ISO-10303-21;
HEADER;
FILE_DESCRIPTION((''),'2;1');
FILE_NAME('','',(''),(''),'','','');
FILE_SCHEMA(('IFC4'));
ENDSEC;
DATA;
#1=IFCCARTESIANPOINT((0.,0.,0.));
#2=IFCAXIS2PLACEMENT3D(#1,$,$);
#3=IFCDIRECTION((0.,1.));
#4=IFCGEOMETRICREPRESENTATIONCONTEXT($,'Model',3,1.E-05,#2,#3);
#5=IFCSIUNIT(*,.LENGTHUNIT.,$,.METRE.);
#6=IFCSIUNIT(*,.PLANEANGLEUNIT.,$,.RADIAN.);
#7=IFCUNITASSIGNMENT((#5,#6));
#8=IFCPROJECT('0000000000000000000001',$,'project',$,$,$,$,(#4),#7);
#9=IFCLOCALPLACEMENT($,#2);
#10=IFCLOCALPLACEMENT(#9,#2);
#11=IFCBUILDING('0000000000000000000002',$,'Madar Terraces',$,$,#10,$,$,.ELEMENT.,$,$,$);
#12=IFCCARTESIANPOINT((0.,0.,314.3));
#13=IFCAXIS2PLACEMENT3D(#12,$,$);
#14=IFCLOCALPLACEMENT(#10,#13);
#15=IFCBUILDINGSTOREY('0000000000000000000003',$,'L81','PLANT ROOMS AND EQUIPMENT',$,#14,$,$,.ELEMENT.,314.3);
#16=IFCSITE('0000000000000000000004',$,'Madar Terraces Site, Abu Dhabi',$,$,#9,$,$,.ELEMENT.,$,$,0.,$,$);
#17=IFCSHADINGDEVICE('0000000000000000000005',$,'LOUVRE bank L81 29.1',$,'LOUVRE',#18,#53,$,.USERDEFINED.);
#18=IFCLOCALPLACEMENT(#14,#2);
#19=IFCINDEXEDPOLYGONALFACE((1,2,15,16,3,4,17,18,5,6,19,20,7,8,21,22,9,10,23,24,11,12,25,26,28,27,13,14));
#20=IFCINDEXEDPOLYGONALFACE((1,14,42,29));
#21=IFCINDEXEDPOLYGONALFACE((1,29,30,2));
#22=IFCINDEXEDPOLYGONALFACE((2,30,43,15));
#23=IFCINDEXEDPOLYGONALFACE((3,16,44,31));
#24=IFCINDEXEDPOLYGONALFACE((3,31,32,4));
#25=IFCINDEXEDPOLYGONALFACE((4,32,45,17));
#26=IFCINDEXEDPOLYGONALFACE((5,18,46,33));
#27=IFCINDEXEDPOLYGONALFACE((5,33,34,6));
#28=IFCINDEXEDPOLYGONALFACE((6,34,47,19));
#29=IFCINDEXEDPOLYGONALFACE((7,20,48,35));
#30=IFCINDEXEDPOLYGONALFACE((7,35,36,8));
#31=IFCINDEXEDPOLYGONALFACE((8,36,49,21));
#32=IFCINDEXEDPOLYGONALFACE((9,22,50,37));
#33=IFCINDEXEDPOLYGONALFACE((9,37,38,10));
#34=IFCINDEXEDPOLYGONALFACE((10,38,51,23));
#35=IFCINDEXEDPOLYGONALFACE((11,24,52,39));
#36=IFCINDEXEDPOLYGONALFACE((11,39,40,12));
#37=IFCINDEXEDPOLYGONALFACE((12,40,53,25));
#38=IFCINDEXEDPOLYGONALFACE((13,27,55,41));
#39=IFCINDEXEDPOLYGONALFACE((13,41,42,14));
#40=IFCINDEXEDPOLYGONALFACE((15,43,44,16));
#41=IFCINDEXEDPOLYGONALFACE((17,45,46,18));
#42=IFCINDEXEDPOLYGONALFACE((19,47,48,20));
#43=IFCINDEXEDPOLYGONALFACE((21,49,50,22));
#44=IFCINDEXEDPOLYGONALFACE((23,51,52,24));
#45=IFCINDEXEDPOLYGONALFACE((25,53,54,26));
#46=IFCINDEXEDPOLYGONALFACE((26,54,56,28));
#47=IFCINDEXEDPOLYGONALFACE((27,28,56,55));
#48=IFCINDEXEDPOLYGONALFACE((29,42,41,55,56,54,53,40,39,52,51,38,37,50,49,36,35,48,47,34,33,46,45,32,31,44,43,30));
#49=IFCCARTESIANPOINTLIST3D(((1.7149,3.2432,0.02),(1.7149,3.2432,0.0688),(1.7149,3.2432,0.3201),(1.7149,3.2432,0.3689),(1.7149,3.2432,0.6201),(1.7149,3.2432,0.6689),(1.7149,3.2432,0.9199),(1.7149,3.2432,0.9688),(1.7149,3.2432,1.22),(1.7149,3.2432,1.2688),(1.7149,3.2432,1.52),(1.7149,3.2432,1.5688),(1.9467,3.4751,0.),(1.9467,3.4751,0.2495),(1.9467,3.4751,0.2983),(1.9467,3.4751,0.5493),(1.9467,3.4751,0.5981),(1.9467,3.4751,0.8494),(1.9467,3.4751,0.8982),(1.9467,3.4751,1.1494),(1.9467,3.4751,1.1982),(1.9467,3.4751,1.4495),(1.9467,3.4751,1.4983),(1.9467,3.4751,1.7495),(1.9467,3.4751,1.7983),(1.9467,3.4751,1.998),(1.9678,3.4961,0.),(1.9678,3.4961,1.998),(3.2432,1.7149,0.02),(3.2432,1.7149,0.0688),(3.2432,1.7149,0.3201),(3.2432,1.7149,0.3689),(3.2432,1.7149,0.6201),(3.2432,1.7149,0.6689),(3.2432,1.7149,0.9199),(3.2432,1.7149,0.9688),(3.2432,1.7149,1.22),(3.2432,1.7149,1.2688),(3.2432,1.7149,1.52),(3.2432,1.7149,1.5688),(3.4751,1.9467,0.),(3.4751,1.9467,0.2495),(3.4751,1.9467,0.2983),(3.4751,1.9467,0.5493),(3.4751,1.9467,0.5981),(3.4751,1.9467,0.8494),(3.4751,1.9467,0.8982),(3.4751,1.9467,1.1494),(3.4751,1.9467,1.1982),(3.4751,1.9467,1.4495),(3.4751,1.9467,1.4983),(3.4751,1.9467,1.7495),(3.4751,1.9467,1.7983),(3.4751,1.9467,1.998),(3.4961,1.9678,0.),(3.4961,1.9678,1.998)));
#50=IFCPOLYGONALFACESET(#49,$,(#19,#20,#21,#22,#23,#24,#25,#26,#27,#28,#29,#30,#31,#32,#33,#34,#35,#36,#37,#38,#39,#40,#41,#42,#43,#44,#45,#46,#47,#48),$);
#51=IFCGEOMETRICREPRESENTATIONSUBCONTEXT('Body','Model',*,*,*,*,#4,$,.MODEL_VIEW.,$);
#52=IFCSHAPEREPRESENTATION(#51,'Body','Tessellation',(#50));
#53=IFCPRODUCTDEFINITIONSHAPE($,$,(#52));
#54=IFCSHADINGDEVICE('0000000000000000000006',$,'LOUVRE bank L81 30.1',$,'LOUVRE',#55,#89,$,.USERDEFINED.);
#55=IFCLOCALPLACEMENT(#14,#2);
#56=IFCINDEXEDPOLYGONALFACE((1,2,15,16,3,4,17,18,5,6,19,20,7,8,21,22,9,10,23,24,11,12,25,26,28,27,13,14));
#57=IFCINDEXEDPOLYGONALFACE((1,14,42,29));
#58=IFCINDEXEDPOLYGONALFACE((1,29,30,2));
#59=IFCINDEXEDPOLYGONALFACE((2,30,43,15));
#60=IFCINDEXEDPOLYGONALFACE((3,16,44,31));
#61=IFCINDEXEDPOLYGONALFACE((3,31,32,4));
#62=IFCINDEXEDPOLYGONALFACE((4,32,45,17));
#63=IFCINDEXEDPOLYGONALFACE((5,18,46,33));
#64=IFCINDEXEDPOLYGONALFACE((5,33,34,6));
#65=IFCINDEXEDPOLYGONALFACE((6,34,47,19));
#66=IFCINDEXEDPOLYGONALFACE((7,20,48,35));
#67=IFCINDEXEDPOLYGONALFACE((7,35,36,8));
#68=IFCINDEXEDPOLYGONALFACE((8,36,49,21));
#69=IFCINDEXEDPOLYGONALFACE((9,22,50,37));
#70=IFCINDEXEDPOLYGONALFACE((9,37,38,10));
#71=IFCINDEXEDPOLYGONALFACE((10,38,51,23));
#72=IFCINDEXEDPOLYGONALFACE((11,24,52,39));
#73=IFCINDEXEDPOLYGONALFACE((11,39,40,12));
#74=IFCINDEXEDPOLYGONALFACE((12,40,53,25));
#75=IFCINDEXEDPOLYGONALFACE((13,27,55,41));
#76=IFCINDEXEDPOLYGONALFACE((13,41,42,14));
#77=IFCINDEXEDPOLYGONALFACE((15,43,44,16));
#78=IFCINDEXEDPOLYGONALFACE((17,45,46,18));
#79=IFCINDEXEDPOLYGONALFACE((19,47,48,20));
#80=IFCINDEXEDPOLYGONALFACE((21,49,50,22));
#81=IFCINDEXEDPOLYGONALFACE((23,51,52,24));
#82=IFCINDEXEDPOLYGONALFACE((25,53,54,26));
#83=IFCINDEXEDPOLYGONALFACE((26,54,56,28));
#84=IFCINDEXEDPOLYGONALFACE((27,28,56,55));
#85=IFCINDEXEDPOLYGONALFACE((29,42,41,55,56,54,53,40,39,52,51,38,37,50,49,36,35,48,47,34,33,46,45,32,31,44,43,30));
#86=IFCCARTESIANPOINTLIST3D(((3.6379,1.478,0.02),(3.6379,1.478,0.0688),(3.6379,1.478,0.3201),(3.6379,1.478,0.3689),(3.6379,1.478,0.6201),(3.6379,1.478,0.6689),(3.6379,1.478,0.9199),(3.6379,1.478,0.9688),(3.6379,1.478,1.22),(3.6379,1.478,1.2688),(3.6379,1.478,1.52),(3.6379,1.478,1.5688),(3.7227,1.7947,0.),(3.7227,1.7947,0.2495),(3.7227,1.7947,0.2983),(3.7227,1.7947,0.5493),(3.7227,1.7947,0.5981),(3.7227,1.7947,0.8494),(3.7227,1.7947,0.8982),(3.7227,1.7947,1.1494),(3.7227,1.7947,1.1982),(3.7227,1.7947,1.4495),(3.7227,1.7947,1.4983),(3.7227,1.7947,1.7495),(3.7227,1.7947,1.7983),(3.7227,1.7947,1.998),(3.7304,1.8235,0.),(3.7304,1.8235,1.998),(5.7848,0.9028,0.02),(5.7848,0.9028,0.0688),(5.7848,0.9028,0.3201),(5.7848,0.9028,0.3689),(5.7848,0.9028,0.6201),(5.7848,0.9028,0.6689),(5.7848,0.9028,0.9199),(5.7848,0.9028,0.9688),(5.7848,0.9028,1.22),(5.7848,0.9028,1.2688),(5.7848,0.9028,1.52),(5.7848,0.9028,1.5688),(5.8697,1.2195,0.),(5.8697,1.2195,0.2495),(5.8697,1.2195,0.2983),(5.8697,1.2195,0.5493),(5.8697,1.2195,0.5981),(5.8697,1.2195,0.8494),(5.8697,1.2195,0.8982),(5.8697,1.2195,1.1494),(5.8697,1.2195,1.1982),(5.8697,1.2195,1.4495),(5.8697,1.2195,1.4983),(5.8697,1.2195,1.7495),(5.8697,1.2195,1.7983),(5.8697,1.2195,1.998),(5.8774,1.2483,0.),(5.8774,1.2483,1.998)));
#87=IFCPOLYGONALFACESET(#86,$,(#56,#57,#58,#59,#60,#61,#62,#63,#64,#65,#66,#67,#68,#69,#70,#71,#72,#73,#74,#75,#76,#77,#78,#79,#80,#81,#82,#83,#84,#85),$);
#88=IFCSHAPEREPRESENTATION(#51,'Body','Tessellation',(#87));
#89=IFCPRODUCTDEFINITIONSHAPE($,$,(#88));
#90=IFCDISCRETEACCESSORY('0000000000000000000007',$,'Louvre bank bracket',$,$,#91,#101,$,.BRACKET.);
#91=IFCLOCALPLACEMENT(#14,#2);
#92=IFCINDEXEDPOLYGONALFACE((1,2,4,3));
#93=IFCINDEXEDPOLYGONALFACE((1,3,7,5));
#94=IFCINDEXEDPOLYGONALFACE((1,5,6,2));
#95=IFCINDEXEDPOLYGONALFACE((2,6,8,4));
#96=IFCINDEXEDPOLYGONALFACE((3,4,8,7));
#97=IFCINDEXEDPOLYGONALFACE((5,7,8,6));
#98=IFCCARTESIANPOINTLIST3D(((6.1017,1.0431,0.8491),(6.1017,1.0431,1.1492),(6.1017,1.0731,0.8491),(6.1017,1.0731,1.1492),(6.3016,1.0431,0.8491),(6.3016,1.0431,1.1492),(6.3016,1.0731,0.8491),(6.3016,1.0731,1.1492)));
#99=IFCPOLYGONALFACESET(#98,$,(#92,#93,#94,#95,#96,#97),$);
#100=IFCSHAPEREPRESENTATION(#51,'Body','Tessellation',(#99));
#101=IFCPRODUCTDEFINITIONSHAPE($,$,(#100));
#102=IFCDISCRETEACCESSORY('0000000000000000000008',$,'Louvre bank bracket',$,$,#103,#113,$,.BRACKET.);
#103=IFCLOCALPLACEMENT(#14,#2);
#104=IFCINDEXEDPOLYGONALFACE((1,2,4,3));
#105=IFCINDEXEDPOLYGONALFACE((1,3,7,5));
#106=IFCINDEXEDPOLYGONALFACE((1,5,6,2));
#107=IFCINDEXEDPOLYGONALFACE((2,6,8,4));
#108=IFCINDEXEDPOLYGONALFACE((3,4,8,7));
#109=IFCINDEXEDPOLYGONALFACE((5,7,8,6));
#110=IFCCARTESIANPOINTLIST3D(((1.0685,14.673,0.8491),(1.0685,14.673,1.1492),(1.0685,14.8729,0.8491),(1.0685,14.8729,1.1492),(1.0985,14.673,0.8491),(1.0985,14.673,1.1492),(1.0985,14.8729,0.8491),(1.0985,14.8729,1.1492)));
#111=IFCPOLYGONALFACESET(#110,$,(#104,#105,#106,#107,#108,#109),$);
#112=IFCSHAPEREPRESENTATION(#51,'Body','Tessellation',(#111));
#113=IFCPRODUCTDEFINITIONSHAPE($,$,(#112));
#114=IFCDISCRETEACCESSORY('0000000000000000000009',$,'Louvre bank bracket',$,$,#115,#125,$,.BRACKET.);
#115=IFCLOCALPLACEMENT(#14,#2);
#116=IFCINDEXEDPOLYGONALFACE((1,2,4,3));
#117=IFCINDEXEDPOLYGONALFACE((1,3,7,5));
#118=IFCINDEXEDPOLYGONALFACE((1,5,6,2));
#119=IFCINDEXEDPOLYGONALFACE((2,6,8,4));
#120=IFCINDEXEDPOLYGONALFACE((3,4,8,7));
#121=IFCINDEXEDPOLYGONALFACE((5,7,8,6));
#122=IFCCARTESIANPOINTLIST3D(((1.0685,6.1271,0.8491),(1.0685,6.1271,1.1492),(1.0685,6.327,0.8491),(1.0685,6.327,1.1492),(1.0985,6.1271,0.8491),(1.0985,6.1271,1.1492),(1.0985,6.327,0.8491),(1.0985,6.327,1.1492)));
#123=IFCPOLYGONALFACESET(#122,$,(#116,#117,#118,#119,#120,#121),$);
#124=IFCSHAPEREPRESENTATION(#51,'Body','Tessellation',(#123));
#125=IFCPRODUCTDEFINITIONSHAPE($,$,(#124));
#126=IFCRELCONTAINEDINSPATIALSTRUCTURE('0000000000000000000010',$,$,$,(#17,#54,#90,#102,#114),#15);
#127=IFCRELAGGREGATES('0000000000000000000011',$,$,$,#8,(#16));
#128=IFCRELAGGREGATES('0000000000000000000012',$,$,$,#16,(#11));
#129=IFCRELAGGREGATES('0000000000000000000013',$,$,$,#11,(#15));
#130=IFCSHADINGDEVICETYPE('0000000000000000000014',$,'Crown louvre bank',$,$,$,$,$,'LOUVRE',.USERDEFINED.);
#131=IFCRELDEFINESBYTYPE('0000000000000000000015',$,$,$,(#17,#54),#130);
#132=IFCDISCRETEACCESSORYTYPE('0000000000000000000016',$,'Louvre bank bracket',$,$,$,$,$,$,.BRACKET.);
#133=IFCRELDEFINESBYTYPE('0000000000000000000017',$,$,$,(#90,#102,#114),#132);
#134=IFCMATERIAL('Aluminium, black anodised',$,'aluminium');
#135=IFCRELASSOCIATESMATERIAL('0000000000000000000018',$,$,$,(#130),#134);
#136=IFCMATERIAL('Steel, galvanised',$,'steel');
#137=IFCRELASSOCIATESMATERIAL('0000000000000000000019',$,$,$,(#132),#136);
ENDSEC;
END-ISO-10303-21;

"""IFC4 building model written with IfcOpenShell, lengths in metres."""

from ifc_helpers import new_model, si_unit, direction, frame, origin, origin_2d, place, context, subcontext, project, spatial, polyline, rectangle, outline, extrude, material, type_object, element, save


model = new_model("IFC4")

# Units and contexts
model_context = context("Model", 3, precision=1e-05, world=origin(), true_north=direction((0.0, 1.0)))
body_context = subcontext(model_context, "Body", "Model", "MODEL_VIEW")
ifc_project = project(units=[si_unit("LENGTHUNIT", "METRE"), si_unit("PLANEANGLEUNIT", "RADIAN")], contexts=[model_context])

# Site, building, storey
site_placement = place(None, origin())
site = spatial("IfcSite", under=ifc_project, at=site_placement, Name="Madar Terraces Site, Abu Dhabi", CompositionType="ELEMENT", RefElevation=0.0)
building_placement = place(site_placement, origin())
building = spatial("IfcBuilding", under=site, at=building_placement, Name="Madar Terraces", CompositionType="ELEMENT")
storey_placement = place(building_placement, frame((0.0, 0.0, 314.3)))
storey = spatial("IfcBuildingStorey", under=building, at=storey_placement, Name="L81", Description="PLANT ROOMS AND EQUIPMENT", CompositionType="ELEMENT", Elevation=314.3)

# Shading devices
ifc_material_1 = material(Name="Aluminium, black anodised", Category="aluminium")
shading_device_type = type_object("IfcShadingDeviceType", Name="Crown louvre bank", ElementType="LOUVRE", PredefinedType="USERDEFINED", material=ifc_material_1)
shading_device_1_placement = place(storey_placement, frame((1.9573, 3.4856, 0.0), z_axis=(0.707107, -0.707107, 0.0), x_axis=(0.707107, 0.707107, 0.0)))
element("IfcShadingDevice", 1, at=shading_device_1_placement, inside=storey, type_object=shading_device_type, Name="LOUVRE bank L81 29.1", ObjectType="LOUVRE", PredefinedType="USERDEFINED", context=body_context, shape_type="SweptSolid", body=[
    extrude(outline(polyline([(0.0149, 0.0), (-0.0149, 0.0), (-0.0149, 0.2495), (-0.3428, 0.02), (-0.3428, 0.0688), (-0.0149, 0.2983), (-0.0149, 0.5493), (-0.3428, 0.3201), (-0.3428, 0.3689), (-0.0149, 0.5981), (-0.0149, 0.8494), (-0.3428, 0.6201), (-0.3428, 0.6689), (-0.0149, 0.8982), (-0.0149, 1.1494), (-0.3428, 0.9199), (-0.3428, 0.9688), (-0.0149, 1.1982), (-0.0149, 1.4495), (-0.3428, 1.22), (-0.3428, 1.2688), (-0.0149, 1.4983), (-0.0149, 1.7495), (-0.3428, 1.52), (-0.3428, 1.5688), (-0.0149, 1.7983), (-0.0149, 1.998), (0.0149, 1.998), (0.0149, 0.0)])), origin(), (0.0, 0.0, 1.0), 2.1614),
])
shading_device_2_placement = place(storey_placement, frame((3.7266, 1.8091, 0.0), z_axis=(0.965935, -0.258784, 0.0), x_axis=(0.258784, 0.965935, 0.0)))
element("IfcShadingDevice", 2, at=shading_device_2_placement, inside=storey, type_object=shading_device_type, Name="LOUVRE bank L81 30.1", ObjectType="LOUVRE", PredefinedType="USERDEFINED", context=body_context, shape_type="SweptSolid", body=[
    extrude(outline(polyline([(0.0149, 0.0), (-0.0149, 0.0), (-0.0149, 0.2495), (-0.3428, 0.02), (-0.3428, 0.0688), (-0.0149, 0.2983), (-0.0149, 0.5493), (-0.3428, 0.3201), (-0.3428, 0.3689), (-0.0149, 0.5981), (-0.0149, 0.8494), (-0.3428, 0.6201), (-0.3428, 0.6689), (-0.0149, 0.8982), (-0.0149, 1.1494), (-0.3428, 0.9199), (-0.3428, 0.9688), (-0.0149, 1.1982), (-0.0149, 1.4495), (-0.3428, 1.22), (-0.3428, 1.2688), (-0.0149, 1.4983), (-0.0149, 1.7495), (-0.3428, 1.52), (-0.3428, 1.5688), (-0.0149, 1.7983), (-0.0149, 1.998), (0.0149, 1.998), (0.0149, 0.0)])), origin(), (0.0, 0.0, 1.0), 2.2227),
])

# Discrete accessories
ifc_material_2 = material(Name="Steel, galvanised", Category="steel")
discrete_accessory_type = type_object("IfcDiscreteAccessoryType", Name="Louvre bank bracket", PredefinedType="BRACKET", material=ifc_material_2)
for number, where, z_axis, x_axis, name in (
    (3, (6.2017, 1.0581, 0.8491), (0.0, 0.0, 1.0), (1.0, 0.0, 0.0), "Louvre bank bracket"),
    (4, (1.0835, 14.7729, 0.8491), (0.0, 0.0, 1.0), (0.0, -1.0, 0.0), "Louvre bank bracket"),
    (5, (1.0835, 6.2271, 0.8491), (0.0, 0.0, 1.0), (0.0, -1.0, 0.0), "Louvre bank bracket"),
):
    element("IfcDiscreteAccessory", number, at=place(storey_placement, frame(where, z_axis=z_axis, x_axis=x_axis)), inside=storey, type_object=discrete_accessory_type, Name=name, PredefinedType="BRACKET", context=body_context, shape_type="SweptSolid", body=[
        extrude(rectangle(XDim=0.2, YDim=0.03, at=origin_2d()), origin(), (0.0, 0.0, 1.0), 0.3),
    ])

save(model, "model.ifc")
